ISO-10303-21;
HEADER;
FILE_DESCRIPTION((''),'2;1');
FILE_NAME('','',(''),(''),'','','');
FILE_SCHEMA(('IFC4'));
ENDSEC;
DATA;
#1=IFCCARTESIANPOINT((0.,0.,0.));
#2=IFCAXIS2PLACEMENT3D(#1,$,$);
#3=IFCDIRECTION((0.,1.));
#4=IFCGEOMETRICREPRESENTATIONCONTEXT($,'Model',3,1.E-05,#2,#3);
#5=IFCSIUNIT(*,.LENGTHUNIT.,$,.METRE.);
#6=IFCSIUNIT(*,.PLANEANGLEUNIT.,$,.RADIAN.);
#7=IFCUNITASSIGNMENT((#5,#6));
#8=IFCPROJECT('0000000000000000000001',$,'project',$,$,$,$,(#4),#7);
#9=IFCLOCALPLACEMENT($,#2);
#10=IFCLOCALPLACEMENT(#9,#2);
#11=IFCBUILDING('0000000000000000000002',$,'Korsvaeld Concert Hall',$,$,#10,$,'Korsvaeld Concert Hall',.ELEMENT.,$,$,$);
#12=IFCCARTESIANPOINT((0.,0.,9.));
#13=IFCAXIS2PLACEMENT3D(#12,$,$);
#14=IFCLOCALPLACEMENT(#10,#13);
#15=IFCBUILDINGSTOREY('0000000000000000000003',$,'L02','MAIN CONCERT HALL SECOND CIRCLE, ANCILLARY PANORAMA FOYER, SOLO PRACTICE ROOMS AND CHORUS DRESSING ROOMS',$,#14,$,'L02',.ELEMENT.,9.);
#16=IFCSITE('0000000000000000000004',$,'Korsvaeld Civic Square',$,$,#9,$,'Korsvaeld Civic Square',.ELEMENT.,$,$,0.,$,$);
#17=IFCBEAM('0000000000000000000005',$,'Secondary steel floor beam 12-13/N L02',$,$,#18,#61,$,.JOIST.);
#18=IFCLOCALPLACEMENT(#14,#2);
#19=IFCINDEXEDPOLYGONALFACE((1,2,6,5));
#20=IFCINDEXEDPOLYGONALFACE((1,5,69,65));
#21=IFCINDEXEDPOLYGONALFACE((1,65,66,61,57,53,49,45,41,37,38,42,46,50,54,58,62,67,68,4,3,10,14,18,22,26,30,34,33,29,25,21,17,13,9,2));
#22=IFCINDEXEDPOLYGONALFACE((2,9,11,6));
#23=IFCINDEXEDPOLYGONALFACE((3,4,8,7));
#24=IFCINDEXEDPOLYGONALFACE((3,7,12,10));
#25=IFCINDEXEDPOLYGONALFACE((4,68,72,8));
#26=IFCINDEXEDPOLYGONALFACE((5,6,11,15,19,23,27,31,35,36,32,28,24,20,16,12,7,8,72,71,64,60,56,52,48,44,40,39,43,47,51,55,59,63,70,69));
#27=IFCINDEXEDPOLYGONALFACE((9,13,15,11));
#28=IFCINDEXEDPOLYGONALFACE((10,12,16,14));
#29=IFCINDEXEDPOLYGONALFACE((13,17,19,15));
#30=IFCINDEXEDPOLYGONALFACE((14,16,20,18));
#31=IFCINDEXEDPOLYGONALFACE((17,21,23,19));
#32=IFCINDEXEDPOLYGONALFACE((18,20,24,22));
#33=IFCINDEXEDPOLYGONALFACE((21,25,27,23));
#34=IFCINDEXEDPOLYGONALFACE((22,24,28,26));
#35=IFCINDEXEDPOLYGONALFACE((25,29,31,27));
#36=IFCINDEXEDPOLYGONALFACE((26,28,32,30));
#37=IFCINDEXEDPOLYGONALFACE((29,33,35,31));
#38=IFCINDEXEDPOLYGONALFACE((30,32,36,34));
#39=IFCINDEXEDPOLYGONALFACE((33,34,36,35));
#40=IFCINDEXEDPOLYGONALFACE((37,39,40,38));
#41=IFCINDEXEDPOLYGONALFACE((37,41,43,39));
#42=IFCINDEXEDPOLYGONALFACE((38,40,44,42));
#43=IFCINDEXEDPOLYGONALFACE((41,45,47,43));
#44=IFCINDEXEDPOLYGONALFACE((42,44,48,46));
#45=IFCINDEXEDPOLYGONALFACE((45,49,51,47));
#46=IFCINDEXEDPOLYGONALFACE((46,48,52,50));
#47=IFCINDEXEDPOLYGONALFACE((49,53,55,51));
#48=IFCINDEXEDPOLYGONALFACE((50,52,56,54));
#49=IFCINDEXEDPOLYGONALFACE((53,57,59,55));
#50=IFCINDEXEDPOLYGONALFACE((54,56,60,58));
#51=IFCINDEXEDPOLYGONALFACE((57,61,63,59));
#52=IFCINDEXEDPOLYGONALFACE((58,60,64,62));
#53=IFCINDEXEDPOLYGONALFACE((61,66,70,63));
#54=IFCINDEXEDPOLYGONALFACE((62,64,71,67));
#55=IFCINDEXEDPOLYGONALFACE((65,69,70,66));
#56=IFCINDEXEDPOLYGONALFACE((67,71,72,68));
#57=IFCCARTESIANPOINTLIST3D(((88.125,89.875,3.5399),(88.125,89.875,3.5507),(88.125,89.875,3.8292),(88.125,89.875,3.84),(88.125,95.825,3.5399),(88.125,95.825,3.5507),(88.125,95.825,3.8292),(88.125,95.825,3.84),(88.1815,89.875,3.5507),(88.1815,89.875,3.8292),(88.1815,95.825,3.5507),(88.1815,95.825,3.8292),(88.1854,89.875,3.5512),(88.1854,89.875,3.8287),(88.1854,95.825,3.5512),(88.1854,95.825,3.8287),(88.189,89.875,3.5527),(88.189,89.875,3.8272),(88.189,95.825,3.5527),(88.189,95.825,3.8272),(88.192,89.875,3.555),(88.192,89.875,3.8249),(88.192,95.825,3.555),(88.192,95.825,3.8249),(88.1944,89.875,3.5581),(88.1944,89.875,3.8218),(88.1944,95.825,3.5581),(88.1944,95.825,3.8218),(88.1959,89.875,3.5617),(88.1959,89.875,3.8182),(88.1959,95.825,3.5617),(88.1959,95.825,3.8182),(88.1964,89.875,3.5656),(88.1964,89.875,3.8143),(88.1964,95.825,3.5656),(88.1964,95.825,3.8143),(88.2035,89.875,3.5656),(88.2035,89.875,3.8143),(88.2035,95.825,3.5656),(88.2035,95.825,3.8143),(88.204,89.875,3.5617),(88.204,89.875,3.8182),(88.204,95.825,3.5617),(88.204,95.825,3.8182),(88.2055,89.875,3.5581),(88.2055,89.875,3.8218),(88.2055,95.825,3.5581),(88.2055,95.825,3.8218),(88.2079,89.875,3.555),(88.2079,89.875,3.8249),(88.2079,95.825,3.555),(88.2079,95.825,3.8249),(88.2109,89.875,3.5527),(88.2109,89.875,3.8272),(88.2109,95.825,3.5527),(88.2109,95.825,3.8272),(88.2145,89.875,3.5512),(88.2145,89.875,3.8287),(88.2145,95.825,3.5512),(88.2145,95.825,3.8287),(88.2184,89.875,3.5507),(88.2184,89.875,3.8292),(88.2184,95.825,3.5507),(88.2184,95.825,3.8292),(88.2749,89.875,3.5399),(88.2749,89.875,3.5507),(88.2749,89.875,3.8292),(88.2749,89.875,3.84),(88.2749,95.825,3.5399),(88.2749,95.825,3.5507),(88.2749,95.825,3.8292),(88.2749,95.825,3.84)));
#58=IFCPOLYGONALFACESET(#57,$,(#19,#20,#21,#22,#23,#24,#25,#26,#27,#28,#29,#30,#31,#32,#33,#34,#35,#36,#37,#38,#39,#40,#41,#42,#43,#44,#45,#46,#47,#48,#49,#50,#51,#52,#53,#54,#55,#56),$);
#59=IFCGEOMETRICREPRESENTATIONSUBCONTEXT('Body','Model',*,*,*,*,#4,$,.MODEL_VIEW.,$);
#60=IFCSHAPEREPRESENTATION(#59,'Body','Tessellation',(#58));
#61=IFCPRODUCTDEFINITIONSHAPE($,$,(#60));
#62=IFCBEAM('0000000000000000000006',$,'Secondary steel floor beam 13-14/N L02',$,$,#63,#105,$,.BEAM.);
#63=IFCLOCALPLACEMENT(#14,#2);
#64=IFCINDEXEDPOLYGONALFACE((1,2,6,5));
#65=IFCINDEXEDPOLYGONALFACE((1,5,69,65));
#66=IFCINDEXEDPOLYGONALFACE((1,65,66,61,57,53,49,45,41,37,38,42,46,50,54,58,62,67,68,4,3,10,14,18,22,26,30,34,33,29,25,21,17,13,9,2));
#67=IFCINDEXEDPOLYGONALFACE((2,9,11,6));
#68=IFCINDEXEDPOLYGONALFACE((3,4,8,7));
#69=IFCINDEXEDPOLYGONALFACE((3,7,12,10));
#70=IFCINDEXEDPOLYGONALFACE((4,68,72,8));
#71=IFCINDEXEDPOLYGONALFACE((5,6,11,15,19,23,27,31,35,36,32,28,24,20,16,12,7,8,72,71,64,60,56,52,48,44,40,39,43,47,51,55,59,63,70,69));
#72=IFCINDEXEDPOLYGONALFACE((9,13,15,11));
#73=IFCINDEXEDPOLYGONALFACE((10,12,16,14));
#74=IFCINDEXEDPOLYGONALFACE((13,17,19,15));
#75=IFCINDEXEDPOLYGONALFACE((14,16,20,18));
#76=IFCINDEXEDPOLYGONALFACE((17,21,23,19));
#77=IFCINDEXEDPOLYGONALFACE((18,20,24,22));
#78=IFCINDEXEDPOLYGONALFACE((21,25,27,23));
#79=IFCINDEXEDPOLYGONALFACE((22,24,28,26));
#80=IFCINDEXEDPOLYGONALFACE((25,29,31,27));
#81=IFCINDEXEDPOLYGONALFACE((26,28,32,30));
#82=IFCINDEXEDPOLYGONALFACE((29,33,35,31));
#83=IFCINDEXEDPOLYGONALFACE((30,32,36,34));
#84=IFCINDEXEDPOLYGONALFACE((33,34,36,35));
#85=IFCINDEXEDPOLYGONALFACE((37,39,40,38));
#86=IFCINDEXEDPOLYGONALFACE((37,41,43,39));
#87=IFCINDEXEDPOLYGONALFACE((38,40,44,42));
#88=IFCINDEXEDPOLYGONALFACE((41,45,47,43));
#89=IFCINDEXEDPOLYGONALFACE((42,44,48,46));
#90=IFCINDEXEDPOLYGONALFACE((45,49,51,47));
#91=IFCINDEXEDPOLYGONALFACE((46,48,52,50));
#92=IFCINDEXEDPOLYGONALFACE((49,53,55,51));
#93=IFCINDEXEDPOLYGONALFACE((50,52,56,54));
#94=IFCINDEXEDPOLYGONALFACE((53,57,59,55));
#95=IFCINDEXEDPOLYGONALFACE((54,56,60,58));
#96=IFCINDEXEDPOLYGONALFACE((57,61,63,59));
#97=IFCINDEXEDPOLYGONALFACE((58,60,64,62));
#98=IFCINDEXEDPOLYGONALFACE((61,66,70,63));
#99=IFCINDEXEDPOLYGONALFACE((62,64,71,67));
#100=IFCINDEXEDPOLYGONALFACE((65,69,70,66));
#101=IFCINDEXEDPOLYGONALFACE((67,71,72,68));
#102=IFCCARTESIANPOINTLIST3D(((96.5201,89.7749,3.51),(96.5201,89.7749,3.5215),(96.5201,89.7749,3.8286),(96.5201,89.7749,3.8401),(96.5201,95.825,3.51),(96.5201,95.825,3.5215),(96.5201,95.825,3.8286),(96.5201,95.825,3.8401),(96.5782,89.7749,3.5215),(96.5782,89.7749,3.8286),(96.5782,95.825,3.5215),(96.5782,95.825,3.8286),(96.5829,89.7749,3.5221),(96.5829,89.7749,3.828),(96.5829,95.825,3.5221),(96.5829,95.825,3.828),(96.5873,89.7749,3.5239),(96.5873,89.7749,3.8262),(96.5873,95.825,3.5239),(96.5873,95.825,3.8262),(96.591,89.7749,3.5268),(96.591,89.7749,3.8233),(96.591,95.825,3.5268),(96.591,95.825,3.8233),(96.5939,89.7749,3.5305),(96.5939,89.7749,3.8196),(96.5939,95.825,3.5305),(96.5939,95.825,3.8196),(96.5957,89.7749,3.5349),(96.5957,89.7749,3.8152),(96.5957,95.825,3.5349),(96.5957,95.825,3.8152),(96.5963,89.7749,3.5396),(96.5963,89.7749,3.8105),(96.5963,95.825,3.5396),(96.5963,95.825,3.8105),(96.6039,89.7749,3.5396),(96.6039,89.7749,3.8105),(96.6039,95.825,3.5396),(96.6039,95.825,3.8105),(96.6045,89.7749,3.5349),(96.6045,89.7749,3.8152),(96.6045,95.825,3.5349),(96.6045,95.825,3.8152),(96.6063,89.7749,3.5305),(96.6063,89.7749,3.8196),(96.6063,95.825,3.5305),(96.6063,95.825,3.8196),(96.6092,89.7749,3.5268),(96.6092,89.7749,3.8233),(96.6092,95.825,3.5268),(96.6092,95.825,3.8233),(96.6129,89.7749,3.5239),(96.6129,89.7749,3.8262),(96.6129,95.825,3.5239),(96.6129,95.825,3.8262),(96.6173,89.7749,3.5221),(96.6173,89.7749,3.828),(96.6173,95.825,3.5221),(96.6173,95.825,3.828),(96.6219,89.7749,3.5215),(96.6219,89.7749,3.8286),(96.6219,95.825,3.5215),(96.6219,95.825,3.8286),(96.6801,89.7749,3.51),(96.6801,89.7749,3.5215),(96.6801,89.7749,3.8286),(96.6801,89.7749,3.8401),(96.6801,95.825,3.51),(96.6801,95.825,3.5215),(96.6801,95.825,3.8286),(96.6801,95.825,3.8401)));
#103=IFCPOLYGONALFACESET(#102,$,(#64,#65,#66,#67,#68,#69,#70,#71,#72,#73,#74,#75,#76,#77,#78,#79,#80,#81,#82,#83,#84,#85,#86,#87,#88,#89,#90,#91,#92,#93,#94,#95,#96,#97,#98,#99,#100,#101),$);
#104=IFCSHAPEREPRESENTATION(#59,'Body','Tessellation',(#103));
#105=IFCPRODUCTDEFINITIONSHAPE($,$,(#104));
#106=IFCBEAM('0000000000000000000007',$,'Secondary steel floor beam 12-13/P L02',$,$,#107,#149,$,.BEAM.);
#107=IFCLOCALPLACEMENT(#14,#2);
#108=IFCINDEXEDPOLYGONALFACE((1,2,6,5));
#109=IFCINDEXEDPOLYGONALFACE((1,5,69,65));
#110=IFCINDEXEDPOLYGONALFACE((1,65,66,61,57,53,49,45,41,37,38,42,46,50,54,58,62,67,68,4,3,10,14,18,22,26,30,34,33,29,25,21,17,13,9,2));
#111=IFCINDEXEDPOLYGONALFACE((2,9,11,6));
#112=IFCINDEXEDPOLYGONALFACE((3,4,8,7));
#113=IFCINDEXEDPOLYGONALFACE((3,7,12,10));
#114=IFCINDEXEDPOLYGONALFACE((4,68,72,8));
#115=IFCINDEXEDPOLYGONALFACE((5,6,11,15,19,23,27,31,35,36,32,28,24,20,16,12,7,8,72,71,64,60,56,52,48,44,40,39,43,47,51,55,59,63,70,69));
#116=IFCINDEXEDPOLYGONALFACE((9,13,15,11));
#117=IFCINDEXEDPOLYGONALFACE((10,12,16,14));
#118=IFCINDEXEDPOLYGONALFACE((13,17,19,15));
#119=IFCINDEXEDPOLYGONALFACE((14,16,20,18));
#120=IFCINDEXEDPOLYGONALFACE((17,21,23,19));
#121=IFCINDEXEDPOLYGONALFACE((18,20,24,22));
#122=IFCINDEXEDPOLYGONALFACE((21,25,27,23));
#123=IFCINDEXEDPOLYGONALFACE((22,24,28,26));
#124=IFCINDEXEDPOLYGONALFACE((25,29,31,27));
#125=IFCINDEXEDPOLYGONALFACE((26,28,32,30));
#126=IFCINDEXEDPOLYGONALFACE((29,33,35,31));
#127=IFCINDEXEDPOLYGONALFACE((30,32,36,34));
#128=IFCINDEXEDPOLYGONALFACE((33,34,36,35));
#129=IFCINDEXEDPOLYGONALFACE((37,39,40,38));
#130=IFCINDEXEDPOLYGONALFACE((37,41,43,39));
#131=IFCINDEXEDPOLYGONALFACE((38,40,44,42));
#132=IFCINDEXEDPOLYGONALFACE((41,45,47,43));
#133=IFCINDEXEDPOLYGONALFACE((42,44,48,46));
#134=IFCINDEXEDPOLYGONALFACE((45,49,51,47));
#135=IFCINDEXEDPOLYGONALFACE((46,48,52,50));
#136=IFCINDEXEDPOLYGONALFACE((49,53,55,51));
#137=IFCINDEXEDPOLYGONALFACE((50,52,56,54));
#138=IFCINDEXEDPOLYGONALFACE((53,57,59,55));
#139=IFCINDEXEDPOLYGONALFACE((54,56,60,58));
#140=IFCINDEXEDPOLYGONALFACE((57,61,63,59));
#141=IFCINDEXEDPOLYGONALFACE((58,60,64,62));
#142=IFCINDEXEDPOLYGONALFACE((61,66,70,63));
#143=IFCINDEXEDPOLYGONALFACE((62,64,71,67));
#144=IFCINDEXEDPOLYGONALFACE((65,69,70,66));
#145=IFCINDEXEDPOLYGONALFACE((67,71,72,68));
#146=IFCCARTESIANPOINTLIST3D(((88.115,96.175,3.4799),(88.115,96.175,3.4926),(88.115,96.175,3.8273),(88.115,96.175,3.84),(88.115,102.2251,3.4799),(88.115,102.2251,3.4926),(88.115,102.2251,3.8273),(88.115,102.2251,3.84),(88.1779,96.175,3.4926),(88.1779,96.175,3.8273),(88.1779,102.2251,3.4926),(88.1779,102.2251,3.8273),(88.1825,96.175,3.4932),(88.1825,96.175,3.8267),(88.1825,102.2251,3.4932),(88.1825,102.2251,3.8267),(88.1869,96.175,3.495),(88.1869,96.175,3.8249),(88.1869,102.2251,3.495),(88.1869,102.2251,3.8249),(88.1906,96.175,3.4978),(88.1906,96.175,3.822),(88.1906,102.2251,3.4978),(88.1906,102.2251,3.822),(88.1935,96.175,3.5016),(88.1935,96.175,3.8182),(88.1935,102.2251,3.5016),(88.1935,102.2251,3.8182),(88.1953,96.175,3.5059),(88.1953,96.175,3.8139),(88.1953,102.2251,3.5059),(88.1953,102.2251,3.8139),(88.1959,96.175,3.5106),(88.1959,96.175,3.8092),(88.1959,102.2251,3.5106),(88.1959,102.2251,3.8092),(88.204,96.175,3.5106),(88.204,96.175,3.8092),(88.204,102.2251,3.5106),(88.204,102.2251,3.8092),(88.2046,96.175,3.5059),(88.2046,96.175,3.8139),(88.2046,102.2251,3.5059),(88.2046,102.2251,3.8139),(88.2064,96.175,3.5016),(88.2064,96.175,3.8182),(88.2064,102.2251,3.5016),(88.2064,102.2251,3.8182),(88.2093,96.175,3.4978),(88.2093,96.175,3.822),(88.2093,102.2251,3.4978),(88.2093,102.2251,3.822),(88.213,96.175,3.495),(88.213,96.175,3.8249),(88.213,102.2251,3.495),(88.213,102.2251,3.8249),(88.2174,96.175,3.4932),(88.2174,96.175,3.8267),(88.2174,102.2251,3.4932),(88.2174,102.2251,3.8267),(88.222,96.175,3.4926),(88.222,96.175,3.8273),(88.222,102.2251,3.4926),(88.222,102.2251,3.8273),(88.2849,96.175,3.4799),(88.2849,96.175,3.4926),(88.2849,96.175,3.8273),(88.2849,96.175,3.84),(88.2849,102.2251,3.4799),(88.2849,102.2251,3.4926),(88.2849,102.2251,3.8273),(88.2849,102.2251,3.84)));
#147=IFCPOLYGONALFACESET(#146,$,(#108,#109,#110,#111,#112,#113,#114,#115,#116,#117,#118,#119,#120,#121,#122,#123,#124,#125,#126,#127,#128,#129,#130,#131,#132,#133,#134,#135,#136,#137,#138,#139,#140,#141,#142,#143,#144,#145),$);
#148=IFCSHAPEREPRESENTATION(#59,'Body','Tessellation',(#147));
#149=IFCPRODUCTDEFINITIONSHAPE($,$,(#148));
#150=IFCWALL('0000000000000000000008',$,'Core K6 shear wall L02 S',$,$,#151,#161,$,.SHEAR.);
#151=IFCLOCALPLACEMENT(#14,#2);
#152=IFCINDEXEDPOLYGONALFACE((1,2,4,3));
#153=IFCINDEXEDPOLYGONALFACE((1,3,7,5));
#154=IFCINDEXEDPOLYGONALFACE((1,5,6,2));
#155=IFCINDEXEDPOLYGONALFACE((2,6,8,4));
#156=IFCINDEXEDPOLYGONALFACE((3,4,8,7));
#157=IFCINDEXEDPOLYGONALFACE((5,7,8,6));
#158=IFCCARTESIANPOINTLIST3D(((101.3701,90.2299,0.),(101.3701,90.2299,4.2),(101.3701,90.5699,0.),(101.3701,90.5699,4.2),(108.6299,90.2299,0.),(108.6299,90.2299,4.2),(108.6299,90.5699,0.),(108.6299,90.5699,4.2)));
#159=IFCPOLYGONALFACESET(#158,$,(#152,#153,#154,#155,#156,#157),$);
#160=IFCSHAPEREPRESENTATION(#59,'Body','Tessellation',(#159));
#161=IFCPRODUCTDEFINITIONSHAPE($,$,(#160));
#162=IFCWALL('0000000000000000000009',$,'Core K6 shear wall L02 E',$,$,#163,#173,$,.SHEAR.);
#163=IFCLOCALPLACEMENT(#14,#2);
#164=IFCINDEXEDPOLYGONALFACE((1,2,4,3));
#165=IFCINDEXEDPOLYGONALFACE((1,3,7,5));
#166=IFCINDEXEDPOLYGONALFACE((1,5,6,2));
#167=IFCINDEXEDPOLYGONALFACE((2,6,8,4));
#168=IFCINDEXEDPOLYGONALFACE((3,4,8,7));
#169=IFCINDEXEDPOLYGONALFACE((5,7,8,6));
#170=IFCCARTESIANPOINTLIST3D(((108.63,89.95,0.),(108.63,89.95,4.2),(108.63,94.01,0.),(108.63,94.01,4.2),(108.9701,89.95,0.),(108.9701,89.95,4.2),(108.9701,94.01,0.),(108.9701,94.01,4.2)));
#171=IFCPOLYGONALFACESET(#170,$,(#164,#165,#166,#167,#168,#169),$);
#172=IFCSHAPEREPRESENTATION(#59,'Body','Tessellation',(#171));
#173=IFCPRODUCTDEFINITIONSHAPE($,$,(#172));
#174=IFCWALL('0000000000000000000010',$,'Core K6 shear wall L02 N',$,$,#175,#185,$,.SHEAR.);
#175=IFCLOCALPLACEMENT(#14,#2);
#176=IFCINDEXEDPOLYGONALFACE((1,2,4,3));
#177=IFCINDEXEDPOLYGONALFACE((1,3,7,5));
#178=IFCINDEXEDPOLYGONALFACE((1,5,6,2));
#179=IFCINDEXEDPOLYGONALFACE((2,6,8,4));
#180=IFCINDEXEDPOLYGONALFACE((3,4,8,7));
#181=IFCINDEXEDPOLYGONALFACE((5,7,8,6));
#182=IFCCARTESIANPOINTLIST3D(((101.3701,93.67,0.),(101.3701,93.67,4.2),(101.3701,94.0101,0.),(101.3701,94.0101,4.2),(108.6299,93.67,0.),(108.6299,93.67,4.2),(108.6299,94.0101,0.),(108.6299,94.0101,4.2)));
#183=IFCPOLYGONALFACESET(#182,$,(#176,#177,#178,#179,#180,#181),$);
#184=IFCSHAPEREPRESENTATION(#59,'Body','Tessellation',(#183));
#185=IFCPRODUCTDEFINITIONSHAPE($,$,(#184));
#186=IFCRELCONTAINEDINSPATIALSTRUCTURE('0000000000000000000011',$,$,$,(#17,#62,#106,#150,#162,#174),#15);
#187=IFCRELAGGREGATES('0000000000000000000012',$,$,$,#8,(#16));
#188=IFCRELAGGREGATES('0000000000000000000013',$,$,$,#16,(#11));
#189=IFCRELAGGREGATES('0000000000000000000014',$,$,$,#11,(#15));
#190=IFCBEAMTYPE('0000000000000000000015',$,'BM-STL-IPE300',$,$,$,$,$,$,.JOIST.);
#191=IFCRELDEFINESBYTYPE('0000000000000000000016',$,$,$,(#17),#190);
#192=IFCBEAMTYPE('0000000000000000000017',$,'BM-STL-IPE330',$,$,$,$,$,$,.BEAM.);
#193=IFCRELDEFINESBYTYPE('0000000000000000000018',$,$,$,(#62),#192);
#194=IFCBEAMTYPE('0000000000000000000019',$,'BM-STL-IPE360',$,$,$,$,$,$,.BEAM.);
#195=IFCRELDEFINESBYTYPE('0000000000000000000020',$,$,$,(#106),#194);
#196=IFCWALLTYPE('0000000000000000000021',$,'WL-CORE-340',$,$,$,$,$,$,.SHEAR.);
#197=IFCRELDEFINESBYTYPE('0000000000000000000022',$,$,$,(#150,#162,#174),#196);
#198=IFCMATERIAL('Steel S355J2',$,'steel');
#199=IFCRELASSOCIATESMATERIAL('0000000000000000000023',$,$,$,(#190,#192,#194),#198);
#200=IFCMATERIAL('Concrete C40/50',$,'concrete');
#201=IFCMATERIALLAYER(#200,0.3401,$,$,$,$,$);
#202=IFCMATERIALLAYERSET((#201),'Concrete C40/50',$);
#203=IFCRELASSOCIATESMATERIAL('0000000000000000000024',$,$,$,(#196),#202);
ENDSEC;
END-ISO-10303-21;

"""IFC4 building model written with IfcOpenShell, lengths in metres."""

from ifc_helpers import new_model, si_unit, direction, frame, frame_2d, origin, origin_2d, place, context, subcontext, project, spatial, rectangle, i_section, extrude, material, layer, layer_set, material_profile, profile_set, type_object, element, save


model = new_model("IFC4")

# Units and contexts
model_context = context("Model", 3, precision=1e-05, world=origin(), true_north=direction((0.0, 1.0)))
body_context = subcontext(model_context, "Body", "Model", "MODEL_VIEW")
ifc_project = project(units=[si_unit("LENGTHUNIT", "METRE"), si_unit("PLANEANGLEUNIT", "RADIAN")], contexts=[model_context])

# Site, building, storey
site_placement = place(None, origin())
site = spatial("IfcSite", under=ifc_project, at=site_placement, Name="Korsvaeld Civic Square", LongName="Korsvaeld Civic Square", CompositionType="ELEMENT", RefElevation=0.0)
building_placement = place(site_placement, origin())
building = spatial("IfcBuilding", under=site, at=building_placement, Name="Korsvaeld Concert Hall", LongName="Korsvaeld Concert Hall", CompositionType="ELEMENT")
storey_placement = place(building_placement, frame((0.0, 0.0, 9.0)))
storey = spatial("IfcBuildingStorey", under=building, at=storey_placement, Name="L02", Description="MAIN CONCERT HALL SECOND CIRCLE, ANCILLARY PANORAMA FOYER, SOLO PRACTICE ROOMS AND CHORUS DRESSING ROOMS", LongName="L02", CompositionType="ELEMENT", Elevation=9.0)

# Shared definitions
ifc_material_1 = material(Name="Concrete C40/50", Category="concrete")

# Beams
ifc_material_2 = material(Name="Steel S355J2", Category="steel")
ifc_material_profile_1 = material_profile(ifc_material_2, i_section(OverallWidth=0.1499, OverallDepth=0.3, WebThickness=0.0071, FlangeThickness=0.0107, FilletRadius=0.0149, at=origin_2d()), Name="IPE 300")
ifc_profile_set_1 = profile_set([ifc_material_profile_1], Name="Steel S355J2")
beam_type_1 = type_object("IfcBeamType", Name="BM-STL-IPE300", PredefinedType="JOIST", material=ifc_profile_set_1)
beam_1_placement = place(storey_placement, frame((88.2, 89.875, 3.6899), z_axis=(0.0, 1.0, 0.0), x_axis=(-1.0, 0.0, 0.0)))
element("IfcBeam", 1, at=beam_1_placement, inside=storey, type_object=beam_type_1, Name="Secondary steel floor beam 12-13/N L02", PredefinedType="JOIST", context=body_context, shape_type="SweptSolid", body=[
    extrude(i_section(OverallWidth=0.1499, OverallDepth=0.3, WebThickness=0.0071, FlangeThickness=0.0107, FilletRadius=0.0149, at=origin_2d()), origin(), (0.0, 0.0, 1.0), 5.95),
])
ifc_material_profile_2 = material_profile(ifc_material_2, i_section(OverallWidth=0.1599, OverallDepth=0.3301, WebThickness=0.0076, FlangeThickness=0.0115, FilletRadius=0.0181, at=origin_2d()), Name="IPE 330")
ifc_profile_set_2 = profile_set([ifc_material_profile_2], Name="Steel S355J2")
beam_type_2 = type_object("IfcBeamType", Name="BM-STL-IPE330", PredefinedType="BEAM", material=ifc_profile_set_2)
beam_2_placement = place(storey_placement, frame((96.6001, 89.7749, 3.675), z_axis=(0.0, 1.0, 0.0), x_axis=(-1.0, 0.0, 0.0)))
element("IfcBeam", 2, at=beam_2_placement, inside=storey, type_object=beam_type_2, Name="Secondary steel floor beam 13-14/N L02", PredefinedType="BEAM", context=body_context, shape_type="SweptSolid", body=[
    extrude(i_section(OverallWidth=0.1599, OverallDepth=0.3301, WebThickness=0.0076, FlangeThickness=0.0115, FilletRadius=0.0181, at=origin_2d()), origin(), (0.0, 0.0, 1.0), 6.05),
])
ifc_material_profile_3 = material_profile(ifc_material_2, i_section(OverallWidth=0.1699, OverallDepth=0.3601, WebThickness=0.0081, FlangeThickness=0.0127, FilletRadius=0.0181, at=origin_2d()), Name="IPE 360")
ifc_profile_set_3 = profile_set([ifc_material_profile_3], Name="Steel S355J2")
beam_type_3 = type_object("IfcBeamType", Name="BM-STL-IPE360", PredefinedType="BEAM", material=ifc_profile_set_3)
beam_3_placement = place(storey_placement, frame((88.2, 96.175, 3.6599), z_axis=(0.0, 1.0, 0.0), x_axis=(-1.0, 0.0, 0.0)))
element("IfcBeam", 3, at=beam_3_placement, inside=storey, type_object=beam_type_3, Name="Secondary steel floor beam 12-13/P L02", PredefinedType="BEAM", context=body_context, shape_type="SweptSolid", body=[
    extrude(i_section(OverallWidth=0.1699, OverallDepth=0.3601, WebThickness=0.0081, FlangeThickness=0.0127, FilletRadius=0.0181, at=origin_2d()), origin(), (0.0, 0.0, 1.0), 6.05),
])

# Walls
ifc_layer_1 = layer(ifc_material_1, 0.3401)
ifc_layer_set_1 = layer_set([ifc_layer_1], Name="Concrete C40/50")
wall_type_1 = type_object("IfcWallType", Name="WL-CORE-340", PredefinedType="SHEAR", material=ifc_layer_set_1)
wall_1_placement = place(storey_placement, frame((101.3701, 90.3999, 0.0), z_axis=(0.0, 0.0, 1.0), x_axis=(1.0, 0.0, 0.0)))
element("IfcWall", 4, at=wall_1_placement, inside=storey, type_object=wall_type_1, Name="Core K6 shear wall L02 S", PredefinedType="SHEAR", context=body_context, shape_type="SweptSolid", body=[
    extrude(rectangle(XDim=7.2598, YDim=0.3401, at=frame_2d((3.6299, 0.0))), origin(), (0.0, 0.0, 1.0), 4.2),
])
wall_2_placement = place(storey_placement, frame((108.8, 89.95, 0.0), z_axis=(0.0, 0.0, 1.0), x_axis=(0.0, 1.0, 0.0)))
element("IfcWall", 5, at=wall_2_placement, inside=storey, type_object=wall_type_1, Name="Core K6 shear wall L02 E", PredefinedType="SHEAR", context=body_context, shape_type="SweptSolid", body=[
    extrude(rectangle(XDim=4.0601, YDim=0.3401, at=frame_2d((2.03, 0.0))), origin(), (0.0, 0.0, 1.0), 4.2),
])
wall_3_placement = place(storey_placement, frame((108.6299, 93.8401, 0.0), z_axis=(0.0, 0.0, 1.0), x_axis=(-1.0, 0.0, 0.0)))
element("IfcWall", 6, at=wall_3_placement, inside=storey, type_object=wall_type_1, Name="Core K6 shear wall L02 N", PredefinedType="SHEAR", context=body_context, shape_type="SweptSolid", body=[
    extrude(rectangle(XDim=7.2598, YDim=0.3401, at=frame_2d((3.6299, 0.0))), origin(), (0.0, 0.0, 1.0), 4.2),
])

save(model, "model.ifc")
